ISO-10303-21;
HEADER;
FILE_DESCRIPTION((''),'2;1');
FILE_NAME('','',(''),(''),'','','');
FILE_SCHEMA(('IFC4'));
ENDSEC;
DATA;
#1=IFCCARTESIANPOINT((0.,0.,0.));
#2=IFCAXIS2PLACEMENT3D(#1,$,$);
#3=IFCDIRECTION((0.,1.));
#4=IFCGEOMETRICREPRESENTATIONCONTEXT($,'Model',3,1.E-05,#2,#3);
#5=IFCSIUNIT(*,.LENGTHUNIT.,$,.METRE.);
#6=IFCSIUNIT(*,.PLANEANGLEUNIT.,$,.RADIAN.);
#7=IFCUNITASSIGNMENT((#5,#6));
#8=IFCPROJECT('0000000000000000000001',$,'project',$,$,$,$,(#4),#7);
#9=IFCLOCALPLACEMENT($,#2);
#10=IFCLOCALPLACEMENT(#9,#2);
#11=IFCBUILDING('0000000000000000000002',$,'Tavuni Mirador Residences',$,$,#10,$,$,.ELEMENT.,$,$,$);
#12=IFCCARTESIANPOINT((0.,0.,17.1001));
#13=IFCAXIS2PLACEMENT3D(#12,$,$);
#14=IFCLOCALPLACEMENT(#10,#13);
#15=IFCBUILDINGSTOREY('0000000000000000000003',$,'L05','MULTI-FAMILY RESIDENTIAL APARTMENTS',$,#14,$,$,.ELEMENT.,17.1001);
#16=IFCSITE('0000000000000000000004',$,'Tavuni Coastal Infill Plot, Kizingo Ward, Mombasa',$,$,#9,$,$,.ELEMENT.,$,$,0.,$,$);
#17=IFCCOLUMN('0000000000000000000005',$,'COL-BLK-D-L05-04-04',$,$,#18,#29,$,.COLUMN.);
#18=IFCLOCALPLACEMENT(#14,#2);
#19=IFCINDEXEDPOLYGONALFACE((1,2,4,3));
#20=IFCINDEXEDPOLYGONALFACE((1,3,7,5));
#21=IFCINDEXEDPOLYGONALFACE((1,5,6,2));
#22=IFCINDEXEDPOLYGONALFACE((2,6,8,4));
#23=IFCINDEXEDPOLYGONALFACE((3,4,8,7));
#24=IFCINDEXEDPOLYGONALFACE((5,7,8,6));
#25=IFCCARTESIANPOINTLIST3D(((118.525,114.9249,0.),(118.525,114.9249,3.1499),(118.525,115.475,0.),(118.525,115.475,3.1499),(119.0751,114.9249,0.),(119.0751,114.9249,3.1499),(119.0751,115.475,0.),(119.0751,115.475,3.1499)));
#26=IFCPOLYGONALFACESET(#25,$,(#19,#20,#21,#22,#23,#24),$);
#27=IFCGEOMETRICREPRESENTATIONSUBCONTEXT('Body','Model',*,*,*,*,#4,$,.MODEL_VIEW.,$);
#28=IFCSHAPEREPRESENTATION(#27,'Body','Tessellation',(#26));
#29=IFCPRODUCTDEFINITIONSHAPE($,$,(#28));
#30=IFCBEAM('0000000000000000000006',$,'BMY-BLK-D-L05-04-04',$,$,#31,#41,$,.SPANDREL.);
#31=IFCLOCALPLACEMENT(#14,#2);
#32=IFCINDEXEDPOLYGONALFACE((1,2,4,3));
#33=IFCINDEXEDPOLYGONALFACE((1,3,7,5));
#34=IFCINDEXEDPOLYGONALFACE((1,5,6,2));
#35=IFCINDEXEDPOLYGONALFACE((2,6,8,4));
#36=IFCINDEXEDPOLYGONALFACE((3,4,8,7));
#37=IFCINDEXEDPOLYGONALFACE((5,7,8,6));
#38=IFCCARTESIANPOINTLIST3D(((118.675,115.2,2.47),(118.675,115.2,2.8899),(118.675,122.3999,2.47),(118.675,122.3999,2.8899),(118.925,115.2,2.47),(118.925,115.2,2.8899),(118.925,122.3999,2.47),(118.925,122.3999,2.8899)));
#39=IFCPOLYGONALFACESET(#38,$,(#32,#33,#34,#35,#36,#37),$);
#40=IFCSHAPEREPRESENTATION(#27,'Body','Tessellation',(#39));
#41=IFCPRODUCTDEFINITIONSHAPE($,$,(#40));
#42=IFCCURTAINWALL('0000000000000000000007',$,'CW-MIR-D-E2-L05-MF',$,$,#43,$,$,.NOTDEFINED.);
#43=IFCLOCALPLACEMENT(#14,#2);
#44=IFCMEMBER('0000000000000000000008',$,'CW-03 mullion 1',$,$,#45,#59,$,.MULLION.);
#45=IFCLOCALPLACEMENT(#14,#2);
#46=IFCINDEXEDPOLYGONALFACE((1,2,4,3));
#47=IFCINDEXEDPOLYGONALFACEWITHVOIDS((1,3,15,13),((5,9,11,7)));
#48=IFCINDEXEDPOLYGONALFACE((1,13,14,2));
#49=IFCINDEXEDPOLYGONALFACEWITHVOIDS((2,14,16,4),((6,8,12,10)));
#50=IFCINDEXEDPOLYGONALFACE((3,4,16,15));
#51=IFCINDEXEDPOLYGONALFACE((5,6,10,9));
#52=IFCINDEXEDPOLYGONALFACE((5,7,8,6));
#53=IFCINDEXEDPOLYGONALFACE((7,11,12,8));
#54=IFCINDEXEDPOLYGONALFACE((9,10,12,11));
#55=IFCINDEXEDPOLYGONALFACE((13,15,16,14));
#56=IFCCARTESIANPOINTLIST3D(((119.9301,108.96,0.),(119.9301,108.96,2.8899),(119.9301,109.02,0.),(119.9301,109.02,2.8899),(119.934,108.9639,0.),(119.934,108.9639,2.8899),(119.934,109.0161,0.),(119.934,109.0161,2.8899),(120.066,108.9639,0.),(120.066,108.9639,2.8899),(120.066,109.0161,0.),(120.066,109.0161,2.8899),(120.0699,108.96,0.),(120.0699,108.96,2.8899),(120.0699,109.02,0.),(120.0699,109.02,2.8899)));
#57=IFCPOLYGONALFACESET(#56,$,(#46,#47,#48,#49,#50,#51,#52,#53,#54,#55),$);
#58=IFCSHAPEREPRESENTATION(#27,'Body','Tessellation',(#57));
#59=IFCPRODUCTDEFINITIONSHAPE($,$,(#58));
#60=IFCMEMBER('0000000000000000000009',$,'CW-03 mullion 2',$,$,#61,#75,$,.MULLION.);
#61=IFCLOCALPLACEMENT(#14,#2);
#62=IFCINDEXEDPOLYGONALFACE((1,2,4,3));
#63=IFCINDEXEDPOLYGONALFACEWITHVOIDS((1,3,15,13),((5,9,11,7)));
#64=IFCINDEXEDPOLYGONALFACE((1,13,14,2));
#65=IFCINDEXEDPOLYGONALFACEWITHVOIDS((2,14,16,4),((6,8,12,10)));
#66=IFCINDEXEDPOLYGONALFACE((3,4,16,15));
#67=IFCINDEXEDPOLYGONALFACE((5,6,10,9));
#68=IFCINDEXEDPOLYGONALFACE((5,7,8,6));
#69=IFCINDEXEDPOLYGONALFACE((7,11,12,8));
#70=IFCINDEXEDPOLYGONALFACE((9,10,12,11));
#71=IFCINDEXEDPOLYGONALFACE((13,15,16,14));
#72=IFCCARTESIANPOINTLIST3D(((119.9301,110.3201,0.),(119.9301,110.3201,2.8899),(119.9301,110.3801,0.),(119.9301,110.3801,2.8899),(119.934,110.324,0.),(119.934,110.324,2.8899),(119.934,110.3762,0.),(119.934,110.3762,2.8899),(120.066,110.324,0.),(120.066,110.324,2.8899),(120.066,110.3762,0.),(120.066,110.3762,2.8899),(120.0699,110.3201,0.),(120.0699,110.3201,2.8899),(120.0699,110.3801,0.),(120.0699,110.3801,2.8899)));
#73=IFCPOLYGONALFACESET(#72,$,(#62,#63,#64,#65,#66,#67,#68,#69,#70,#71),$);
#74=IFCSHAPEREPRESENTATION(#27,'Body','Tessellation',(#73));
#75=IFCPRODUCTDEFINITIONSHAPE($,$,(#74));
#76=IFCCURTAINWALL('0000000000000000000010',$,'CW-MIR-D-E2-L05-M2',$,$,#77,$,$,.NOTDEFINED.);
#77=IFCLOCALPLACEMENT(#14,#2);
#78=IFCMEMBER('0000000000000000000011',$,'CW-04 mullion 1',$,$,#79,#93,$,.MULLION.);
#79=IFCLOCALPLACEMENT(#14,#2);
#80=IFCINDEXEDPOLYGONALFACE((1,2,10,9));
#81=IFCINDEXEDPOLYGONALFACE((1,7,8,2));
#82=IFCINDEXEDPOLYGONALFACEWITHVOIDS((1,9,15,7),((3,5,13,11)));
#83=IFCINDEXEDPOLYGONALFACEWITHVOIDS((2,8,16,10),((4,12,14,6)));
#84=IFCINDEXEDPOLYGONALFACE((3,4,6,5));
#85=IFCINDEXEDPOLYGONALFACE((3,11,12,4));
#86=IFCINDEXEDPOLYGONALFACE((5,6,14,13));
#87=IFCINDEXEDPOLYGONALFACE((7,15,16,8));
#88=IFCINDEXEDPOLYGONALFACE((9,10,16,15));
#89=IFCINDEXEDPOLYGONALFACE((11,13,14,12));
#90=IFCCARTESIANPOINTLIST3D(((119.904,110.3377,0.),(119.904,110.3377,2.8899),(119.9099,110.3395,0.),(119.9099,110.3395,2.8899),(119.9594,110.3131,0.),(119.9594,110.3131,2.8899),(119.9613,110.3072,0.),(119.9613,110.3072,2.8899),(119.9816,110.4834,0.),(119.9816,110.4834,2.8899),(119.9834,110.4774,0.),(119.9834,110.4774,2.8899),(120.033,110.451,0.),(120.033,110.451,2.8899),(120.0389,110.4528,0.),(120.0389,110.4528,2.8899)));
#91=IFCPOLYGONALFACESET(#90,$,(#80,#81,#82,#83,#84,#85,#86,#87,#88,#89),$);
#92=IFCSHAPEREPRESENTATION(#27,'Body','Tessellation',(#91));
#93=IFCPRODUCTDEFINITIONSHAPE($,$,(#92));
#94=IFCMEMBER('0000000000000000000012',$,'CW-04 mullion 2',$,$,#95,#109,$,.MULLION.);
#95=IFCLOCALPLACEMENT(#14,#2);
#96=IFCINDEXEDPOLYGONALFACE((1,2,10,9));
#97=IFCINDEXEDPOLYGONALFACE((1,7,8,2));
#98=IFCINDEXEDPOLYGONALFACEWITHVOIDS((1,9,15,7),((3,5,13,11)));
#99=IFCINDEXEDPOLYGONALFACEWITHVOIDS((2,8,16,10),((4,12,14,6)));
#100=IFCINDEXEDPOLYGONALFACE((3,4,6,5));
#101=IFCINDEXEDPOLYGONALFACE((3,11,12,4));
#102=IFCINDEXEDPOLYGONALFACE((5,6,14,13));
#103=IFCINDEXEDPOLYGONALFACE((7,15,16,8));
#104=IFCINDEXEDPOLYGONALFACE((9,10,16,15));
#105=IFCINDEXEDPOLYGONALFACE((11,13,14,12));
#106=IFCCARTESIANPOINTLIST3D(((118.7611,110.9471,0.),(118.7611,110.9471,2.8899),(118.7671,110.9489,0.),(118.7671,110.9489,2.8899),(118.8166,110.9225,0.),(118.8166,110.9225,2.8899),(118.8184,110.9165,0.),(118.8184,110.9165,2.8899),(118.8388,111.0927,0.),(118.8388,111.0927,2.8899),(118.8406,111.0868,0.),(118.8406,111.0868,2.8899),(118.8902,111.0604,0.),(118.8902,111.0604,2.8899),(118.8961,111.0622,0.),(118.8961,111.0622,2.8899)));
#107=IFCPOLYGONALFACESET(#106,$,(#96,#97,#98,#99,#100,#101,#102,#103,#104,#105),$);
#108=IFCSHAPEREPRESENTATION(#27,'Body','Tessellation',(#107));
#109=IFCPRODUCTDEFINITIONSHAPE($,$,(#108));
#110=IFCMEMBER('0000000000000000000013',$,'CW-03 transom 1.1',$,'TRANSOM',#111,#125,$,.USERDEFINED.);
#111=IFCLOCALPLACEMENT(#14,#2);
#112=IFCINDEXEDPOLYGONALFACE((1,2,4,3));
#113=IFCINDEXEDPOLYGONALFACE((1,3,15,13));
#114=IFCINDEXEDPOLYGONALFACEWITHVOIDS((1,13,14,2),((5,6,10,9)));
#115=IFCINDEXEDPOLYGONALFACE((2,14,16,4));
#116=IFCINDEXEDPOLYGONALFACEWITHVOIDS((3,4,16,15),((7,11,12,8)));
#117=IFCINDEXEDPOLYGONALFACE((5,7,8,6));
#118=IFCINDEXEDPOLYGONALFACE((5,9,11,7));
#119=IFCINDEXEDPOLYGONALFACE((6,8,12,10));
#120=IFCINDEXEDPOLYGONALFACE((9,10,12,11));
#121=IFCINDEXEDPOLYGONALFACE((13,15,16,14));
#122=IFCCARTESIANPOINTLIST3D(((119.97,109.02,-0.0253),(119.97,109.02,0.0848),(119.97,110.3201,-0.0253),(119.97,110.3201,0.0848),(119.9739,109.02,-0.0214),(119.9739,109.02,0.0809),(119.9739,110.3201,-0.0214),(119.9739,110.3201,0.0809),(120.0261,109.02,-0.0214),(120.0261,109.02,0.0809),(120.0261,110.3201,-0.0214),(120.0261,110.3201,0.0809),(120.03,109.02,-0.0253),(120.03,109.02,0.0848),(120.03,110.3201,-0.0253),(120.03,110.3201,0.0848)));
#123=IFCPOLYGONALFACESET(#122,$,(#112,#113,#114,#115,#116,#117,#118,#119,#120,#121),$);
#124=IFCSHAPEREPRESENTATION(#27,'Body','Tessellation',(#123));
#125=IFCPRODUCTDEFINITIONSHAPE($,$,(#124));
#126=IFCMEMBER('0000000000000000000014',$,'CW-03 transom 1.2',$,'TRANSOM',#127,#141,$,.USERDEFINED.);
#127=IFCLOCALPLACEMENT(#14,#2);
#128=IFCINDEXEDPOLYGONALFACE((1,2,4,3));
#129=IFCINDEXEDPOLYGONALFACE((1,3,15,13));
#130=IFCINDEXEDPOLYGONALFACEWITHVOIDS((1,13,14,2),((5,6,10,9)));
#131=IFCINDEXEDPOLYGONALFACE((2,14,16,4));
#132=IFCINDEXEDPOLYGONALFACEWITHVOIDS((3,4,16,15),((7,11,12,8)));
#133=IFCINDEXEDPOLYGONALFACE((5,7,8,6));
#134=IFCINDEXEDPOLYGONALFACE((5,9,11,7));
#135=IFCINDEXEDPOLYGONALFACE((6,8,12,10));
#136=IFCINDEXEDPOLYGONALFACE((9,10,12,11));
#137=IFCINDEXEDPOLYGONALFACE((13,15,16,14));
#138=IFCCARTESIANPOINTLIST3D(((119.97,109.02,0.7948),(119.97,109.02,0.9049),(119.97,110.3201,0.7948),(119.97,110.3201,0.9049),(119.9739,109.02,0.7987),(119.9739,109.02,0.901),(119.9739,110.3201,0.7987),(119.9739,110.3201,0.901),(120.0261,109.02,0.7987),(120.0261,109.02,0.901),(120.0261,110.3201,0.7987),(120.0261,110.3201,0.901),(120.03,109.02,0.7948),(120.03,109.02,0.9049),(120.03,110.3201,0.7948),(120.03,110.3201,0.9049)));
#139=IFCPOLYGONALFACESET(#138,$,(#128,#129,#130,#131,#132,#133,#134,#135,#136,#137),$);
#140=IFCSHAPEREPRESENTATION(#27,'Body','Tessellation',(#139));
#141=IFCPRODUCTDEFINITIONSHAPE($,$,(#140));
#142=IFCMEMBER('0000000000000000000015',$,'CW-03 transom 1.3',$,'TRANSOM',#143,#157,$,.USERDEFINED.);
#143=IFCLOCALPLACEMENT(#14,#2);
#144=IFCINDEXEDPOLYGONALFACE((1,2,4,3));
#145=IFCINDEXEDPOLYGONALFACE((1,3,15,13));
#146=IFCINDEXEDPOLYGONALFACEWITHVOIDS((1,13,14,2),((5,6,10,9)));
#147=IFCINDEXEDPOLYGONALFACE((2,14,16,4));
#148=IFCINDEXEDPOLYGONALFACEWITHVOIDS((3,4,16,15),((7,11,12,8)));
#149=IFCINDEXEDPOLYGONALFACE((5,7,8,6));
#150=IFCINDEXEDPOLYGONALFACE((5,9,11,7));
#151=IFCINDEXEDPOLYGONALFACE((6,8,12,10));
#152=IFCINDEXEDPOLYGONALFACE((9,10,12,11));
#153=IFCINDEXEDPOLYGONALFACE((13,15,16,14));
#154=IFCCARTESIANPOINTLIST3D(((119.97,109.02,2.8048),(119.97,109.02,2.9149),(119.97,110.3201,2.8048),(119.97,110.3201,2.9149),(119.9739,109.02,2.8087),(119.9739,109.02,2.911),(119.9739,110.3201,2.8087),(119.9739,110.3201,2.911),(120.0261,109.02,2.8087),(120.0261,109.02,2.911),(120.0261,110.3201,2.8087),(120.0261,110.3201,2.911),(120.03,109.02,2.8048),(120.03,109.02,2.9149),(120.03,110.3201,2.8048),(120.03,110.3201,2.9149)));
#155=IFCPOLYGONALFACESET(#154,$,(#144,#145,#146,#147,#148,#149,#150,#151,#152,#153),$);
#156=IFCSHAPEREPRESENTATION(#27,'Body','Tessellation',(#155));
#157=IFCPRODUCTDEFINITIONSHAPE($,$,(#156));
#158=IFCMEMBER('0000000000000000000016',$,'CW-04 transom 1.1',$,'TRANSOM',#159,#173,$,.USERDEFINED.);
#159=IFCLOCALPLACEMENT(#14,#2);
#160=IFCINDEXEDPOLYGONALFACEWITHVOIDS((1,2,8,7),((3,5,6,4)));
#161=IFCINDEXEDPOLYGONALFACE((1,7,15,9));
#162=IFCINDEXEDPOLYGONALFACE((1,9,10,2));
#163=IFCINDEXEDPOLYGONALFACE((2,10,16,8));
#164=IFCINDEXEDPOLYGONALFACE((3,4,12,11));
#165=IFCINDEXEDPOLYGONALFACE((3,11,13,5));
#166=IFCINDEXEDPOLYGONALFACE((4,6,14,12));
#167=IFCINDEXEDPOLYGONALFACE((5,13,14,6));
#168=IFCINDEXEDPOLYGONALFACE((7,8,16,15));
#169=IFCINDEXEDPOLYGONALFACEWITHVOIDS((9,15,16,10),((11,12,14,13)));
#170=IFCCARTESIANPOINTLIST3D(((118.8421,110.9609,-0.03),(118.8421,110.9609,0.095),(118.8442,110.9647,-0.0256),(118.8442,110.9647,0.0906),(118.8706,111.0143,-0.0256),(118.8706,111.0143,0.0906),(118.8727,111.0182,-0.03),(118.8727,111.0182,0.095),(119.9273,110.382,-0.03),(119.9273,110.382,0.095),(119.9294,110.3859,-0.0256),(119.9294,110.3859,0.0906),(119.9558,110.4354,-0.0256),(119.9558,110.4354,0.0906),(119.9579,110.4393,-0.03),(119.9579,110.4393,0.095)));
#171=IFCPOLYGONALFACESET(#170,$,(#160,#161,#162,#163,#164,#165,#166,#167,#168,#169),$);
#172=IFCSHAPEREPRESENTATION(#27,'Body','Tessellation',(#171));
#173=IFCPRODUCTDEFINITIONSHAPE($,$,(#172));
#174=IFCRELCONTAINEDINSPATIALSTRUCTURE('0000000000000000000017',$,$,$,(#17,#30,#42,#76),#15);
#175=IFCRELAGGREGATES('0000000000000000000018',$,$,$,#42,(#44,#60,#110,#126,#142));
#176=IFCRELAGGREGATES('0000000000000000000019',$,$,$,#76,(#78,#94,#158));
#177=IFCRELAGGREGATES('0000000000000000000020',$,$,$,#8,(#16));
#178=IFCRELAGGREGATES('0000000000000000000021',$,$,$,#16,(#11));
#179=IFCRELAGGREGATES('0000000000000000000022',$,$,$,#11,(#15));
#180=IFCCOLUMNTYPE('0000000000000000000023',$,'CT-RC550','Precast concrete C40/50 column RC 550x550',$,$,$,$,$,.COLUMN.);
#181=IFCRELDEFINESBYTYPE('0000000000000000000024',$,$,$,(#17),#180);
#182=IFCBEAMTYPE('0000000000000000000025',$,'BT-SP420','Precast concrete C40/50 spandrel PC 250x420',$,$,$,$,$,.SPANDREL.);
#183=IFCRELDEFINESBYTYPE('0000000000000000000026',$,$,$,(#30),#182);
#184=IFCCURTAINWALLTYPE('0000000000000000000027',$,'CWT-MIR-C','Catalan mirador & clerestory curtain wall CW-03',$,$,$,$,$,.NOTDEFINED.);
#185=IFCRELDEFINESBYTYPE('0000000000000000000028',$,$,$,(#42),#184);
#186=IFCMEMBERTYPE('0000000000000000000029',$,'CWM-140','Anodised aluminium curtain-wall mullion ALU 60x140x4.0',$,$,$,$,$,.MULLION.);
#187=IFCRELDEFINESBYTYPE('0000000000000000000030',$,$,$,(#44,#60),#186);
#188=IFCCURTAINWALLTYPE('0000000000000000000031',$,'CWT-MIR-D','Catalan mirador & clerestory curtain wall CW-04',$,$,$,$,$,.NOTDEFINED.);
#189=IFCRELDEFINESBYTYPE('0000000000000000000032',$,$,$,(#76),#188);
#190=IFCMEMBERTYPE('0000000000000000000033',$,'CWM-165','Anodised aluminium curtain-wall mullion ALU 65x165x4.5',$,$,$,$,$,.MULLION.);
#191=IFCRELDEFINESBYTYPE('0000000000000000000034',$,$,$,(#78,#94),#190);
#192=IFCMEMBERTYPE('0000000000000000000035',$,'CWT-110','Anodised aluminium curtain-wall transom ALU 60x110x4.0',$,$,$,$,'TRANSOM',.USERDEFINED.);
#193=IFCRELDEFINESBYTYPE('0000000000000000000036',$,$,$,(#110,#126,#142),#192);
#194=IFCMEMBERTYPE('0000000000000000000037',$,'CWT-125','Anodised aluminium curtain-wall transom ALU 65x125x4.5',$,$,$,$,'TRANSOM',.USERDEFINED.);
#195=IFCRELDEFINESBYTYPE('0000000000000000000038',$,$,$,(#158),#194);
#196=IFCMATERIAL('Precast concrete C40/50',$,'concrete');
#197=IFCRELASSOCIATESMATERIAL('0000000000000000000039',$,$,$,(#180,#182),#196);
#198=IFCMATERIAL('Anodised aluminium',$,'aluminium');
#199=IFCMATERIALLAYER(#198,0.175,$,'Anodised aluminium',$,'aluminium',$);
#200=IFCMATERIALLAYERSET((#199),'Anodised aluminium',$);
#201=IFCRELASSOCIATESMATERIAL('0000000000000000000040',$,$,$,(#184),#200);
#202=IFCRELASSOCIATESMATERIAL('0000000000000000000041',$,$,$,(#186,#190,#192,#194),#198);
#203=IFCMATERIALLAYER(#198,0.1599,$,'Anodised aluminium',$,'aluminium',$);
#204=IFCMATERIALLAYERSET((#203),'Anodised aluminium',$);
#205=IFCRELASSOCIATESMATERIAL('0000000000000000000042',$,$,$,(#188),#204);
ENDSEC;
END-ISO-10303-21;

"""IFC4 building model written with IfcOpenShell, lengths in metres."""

from ifc_helpers import new_model, si_unit, direction, frame, origin, origin_2d, place, context, subcontext, project, spatial, rectangle, hollow_rectangle, extrude, material, layer, layer_set, material_profile, profile_set, type_object, element, aggregate, save


model = new_model("IFC4")

# Units and contexts
model_context = context("Model", 3, precision=1e-05, world=origin(), true_north=direction((0.0, 1.0)))
body_context = subcontext(model_context, "Body", "Model", "MODEL_VIEW")
ifc_project = project(units=[si_unit("LENGTHUNIT", "METRE"), si_unit("PLANEANGLEUNIT", "RADIAN")], contexts=[model_context])

# Site, building, storey
site_placement = place(None, origin())
site = spatial("IfcSite", under=ifc_project, at=site_placement, Name="Tavuni Coastal Infill Plot, Kizingo Ward, Mombasa", CompositionType="ELEMENT", RefElevation=0.0)
building_placement = place(site_placement, origin())
building = spatial("IfcBuilding", under=site, at=building_placement, Name="Tavuni Mirador Residences", CompositionType="ELEMENT")
storey_placement = place(building_placement, frame((0.0, 0.0, 17.1001)))
storey = spatial("IfcBuildingStorey", under=building, at=storey_placement, Name="L05", Description="MULTI-FAMILY RESIDENTIAL APARTMENTS", CompositionType="ELEMENT", Elevation=17.1001)

# Column
ifc_material_1 = material(Name="Precast concrete C40/50", Category="concrete")
ifc_material_profile_1 = material_profile(ifc_material_1, rectangle(XDim=0.55, YDim=0.55, at=origin_2d()), Name="RC 550x550", Category="concrete")
ifc_profile_set_1 = profile_set([ifc_material_profile_1], Name="Precast concrete C40/50")
column_type = type_object("IfcColumnType", Name="CT-RC550", Description="Precast concrete C40/50 column RC 550x550", PredefinedType="COLUMN", material=ifc_profile_set_1)
column_placement = place(storey_placement, frame((118.8, 115.2, 0.0), z_axis=(0.0, 0.0, 1.0), x_axis=(1.0, 0.0, 0.0)))
element("IfcColumn", 1, at=column_placement, inside=storey, type_object=column_type, Name="COL-BLK-D-L05-04-04", PredefinedType="COLUMN", context=body_context, shape_type="SweptSolid", body=[
    extrude(rectangle(XDim=0.55, YDim=0.55, at=origin_2d()), origin(), (0.0, 0.0, 1.0), 3.1499),
])

# Beam
ifc_material_profile_2 = material_profile(ifc_material_1, rectangle(XDim=0.25, YDim=0.4199, at=origin_2d()), Name="PC 250x420", Category="concrete")
ifc_profile_set_2 = profile_set([ifc_material_profile_2], Name="Precast concrete C40/50")
beam_type = type_object("IfcBeamType", Name="BT-SP420", Description="Precast concrete C40/50 spandrel PC 250x420", PredefinedType="SPANDREL", material=ifc_profile_set_2)
beam_placement = place(storey_placement, frame((118.8, 115.2, 2.6799), z_axis=(0.0, 1.0, 0.0), x_axis=(-1.0, 0.0, 0.0)))
element("IfcBeam", 2, at=beam_placement, inside=storey, type_object=beam_type, Name="BMY-BLK-D-L05-04-04", PredefinedType="SPANDREL", context=body_context, shape_type="SweptSolid", body=[
    extrude(rectangle(XDim=0.25, YDim=0.4199, at=origin_2d()), origin(), (0.0, 0.0, 1.0), 7.2),
])

# Curtain walls, members
ifc_material_2 = material(Name="Anodised aluminium", Category="aluminium")
ifc_layer_1 = layer(ifc_material_2, 0.175, Name="Anodised aluminium", Category="aluminium")
ifc_layer_set_1 = layer_set([ifc_layer_1], Name="Anodised aluminium")
curtain_wall_type_1 = type_object("IfcCurtainWallType", Name="CWT-MIR-C", Description="Catalan mirador & clerestory curtain wall CW-03", PredefinedType="NOTDEFINED", material=ifc_layer_set_1)
curtain_wall_1_placement = place(storey_placement, origin())
curtain_wall_1 = element("IfcCurtainWall", 3, at=curtain_wall_1_placement, inside=storey, type_object=curtain_wall_type_1, Name="CW-MIR-D-E2-L05-MF", PredefinedType="NOTDEFINED")
ifc_material_profile_3 = material_profile(ifc_material_2, hollow_rectangle(XDim=0.0601, YDim=0.1399, WallThickness=0.0039, at=origin_2d()), Name="ALU 60x140x4.0", Category="aluminium")
ifc_profile_set_3 = profile_set([ifc_material_profile_3], Name="Anodised aluminium")
member_type_1 = type_object("IfcMemberType", Name="CWM-140", Description="Anodised aluminium curtain-wall mullion ALU 60x140x4.0", PredefinedType="MULLION", material=ifc_profile_set_3)
member_1_placement = place(storey_placement, frame((120.0, 108.99, 0.0), z_axis=(0.0, 0.0, 1.0), x_axis=(0.0, 1.0, 0.0)))
member_1 = element("IfcMember", 4, at=member_1_placement, type_object=member_type_1, Name="CW-03 mullion 1", PredefinedType="MULLION", context=body_context, shape_type="SweptSolid", body=[
    extrude(hollow_rectangle(XDim=0.0601, YDim=0.1399, WallThickness=0.0039, at=origin_2d()), origin(), (0.0, 0.0, 1.0), 2.8899),
])
member_2_placement = place(storey_placement, frame((120.0, 110.3501, 0.0), z_axis=(0.0, 0.0, 1.0), x_axis=(0.0, 1.0, 0.0)))
member_2 = element("IfcMember", 5, at=member_2_placement, type_object=member_type_1, Name="CW-03 mullion 2", PredefinedType="MULLION", context=body_context, shape_type="SweptSolid", body=[
    extrude(hollow_rectangle(XDim=0.0601, YDim=0.1399, WallThickness=0.0039, at=origin_2d()), origin(), (0.0, 0.0, 1.0), 2.8899),
])
ifc_layer_2 = layer(ifc_material_2, 0.1599, Name="Anodised aluminium", Category="aluminium")
ifc_layer_set_2 = layer_set([ifc_layer_2], Name="Anodised aluminium")
curtain_wall_type_2 = type_object("IfcCurtainWallType", Name="CWT-MIR-D", Description="Catalan mirador & clerestory curtain wall CW-04", PredefinedType="NOTDEFINED", material=ifc_layer_set_2)
curtain_wall_2_placement = place(storey_placement, origin())
curtain_wall_2 = element("IfcCurtainWall", 6, at=curtain_wall_2_placement, inside=storey, type_object=curtain_wall_type_2, Name="CW-MIR-D-E2-L05-M2", PredefinedType="NOTDEFINED")
ifc_material_profile_4 = material_profile(ifc_material_2, hollow_rectangle(XDim=0.0649, YDim=0.165, WallThickness=0.0044, at=origin_2d()), Name="ALU 65x165x4.5", Category="aluminium")
ifc_profile_set_4 = profile_set([ifc_material_profile_4], Name="Anodised aluminium")
member_type_2 = type_object("IfcMemberType", Name="CWM-165", Description="Anodised aluminium curtain-wall mullion ALU 65x165x4.5", PredefinedType="MULLION", material=ifc_profile_set_4)
member_3_placement = place(storey_placement, frame((119.9714, 110.3953, 0.0), z_axis=(0.0, 0.0, 1.0), x_axis=(-0.882353, 0.470588, 0.0)))
member_3 = element("IfcMember", 7, at=member_3_placement, type_object=member_type_2, Name="CW-04 mullion 1", PredefinedType="MULLION", context=body_context, shape_type="SweptSolid", body=[
    extrude(hollow_rectangle(XDim=0.0649, YDim=0.165, WallThickness=0.0044, at=origin_2d()), origin(), (0.0, 0.0, 1.0), 2.8899),
])
member_4_placement = place(storey_placement, frame((118.8286, 111.0046, 0.0), z_axis=(0.0, 0.0, 1.0), x_axis=(-0.882353, 0.470588, 0.0)))
member_4 = element("IfcMember", 8, at=member_4_placement, type_object=member_type_2, Name="CW-04 mullion 2", PredefinedType="MULLION", context=body_context, shape_type="SweptSolid", body=[
    extrude(hollow_rectangle(XDim=0.0649, YDim=0.165, WallThickness=0.0044, at=origin_2d()), origin(), (0.0, 0.0, 1.0), 2.8899),
])

# Members
ifc_material_profile_5 = material_profile(ifc_material_2, hollow_rectangle(XDim=0.0601, YDim=0.1101, WallThickness=0.0039, at=origin_2d()), Name="ALU 60x110x4.0", Category="aluminium")
ifc_profile_set_5 = profile_set([ifc_material_profile_5], Name="Anodised aluminium")
member_type_3 = type_object("IfcMemberType", Name="CWT-110", Description="Anodised aluminium curtain-wall transom ALU 60x110x4.0", ElementType="TRANSOM", PredefinedType="USERDEFINED", material=ifc_profile_set_5)
member_5_placement = place(storey_placement, frame((120.0, 109.02, 0.0298), z_axis=(0.0, 1.0, 0.0), x_axis=(-1.0, 0.0, 0.0)))
member_5 = element("IfcMember", 9, at=member_5_placement, type_object=member_type_3, Name="CW-03 transom 1.1", ObjectType="TRANSOM", PredefinedType="USERDEFINED", context=body_context, shape_type="SweptSolid", body=[
    extrude(hollow_rectangle(XDim=0.0601, YDim=0.1101, WallThickness=0.0039, at=origin_2d()), origin(), (0.0, 0.0, 1.0), 1.3),
])
member_6_placement = place(storey_placement, frame((120.0, 109.02, 0.8499), z_axis=(0.0, 1.0, 0.0), x_axis=(-1.0, 0.0, 0.0)))
member_6 = element("IfcMember", 10, at=member_6_placement, type_object=member_type_3, Name="CW-03 transom 1.2", ObjectType="TRANSOM", PredefinedType="USERDEFINED", context=body_context, shape_type="SweptSolid", body=[
    extrude(hollow_rectangle(XDim=0.0601, YDim=0.1101, WallThickness=0.0039, at=origin_2d()), origin(), (0.0, 0.0, 1.0), 1.3),
])
member_7_placement = place(storey_placement, frame((120.0, 109.02, 2.8599), z_axis=(0.0, 1.0, 0.0), x_axis=(-1.0, 0.0, 0.0)))
member_7 = element("IfcMember", 11, at=member_7_placement, type_object=member_type_3, Name="CW-03 transom 1.3", ObjectType="TRANSOM", PredefinedType="USERDEFINED", context=body_context, shape_type="SweptSolid", body=[
    extrude(hollow_rectangle(XDim=0.0601, YDim=0.1101, WallThickness=0.0039, at=origin_2d()), origin(), (0.0, 0.0, 1.0), 1.3),
])
ifc_material_profile_6 = material_profile(ifc_material_2, hollow_rectangle(XDim=0.0649, YDim=0.125, WallThickness=0.0044, at=origin_2d()), Name="ALU 65x125x4.5", Category="aluminium")
ifc_profile_set_6 = profile_set([ifc_material_profile_6], Name="Anodised aluminium")
member_type_4 = type_object("IfcMemberType", Name="CWT-125", Description="Anodised aluminium curtain-wall transom ALU 65x125x4.5", ElementType="TRANSOM", PredefinedType="USERDEFINED", material=ifc_profile_set_6)
member_8_placement = place(storey_placement, frame((119.9426, 110.4106, 0.0325), z_axis=(-0.882325, 0.47064, 0.0), x_axis=(-0.47064, -0.882325, 0.0)))
member_8 = element("IfcMember", 12, at=member_8_placement, type_object=member_type_4, Name="CW-04 transom 1.1", ObjectType="TRANSOM", PredefinedType="USERDEFINED", context=body_context, shape_type="SweptSolid", body=[
    extrude(hollow_rectangle(XDim=0.0649, YDim=0.125, WallThickness=0.0044, at=origin_2d()), origin(), (0.0, 0.0, 1.0), 1.23),
])

aggregate(curtain_wall_1, [member_1, member_2, member_5, member_6, member_7])
aggregate(curtain_wall_2, [member_3, member_4, member_8])

save(model, "model.ifc")
